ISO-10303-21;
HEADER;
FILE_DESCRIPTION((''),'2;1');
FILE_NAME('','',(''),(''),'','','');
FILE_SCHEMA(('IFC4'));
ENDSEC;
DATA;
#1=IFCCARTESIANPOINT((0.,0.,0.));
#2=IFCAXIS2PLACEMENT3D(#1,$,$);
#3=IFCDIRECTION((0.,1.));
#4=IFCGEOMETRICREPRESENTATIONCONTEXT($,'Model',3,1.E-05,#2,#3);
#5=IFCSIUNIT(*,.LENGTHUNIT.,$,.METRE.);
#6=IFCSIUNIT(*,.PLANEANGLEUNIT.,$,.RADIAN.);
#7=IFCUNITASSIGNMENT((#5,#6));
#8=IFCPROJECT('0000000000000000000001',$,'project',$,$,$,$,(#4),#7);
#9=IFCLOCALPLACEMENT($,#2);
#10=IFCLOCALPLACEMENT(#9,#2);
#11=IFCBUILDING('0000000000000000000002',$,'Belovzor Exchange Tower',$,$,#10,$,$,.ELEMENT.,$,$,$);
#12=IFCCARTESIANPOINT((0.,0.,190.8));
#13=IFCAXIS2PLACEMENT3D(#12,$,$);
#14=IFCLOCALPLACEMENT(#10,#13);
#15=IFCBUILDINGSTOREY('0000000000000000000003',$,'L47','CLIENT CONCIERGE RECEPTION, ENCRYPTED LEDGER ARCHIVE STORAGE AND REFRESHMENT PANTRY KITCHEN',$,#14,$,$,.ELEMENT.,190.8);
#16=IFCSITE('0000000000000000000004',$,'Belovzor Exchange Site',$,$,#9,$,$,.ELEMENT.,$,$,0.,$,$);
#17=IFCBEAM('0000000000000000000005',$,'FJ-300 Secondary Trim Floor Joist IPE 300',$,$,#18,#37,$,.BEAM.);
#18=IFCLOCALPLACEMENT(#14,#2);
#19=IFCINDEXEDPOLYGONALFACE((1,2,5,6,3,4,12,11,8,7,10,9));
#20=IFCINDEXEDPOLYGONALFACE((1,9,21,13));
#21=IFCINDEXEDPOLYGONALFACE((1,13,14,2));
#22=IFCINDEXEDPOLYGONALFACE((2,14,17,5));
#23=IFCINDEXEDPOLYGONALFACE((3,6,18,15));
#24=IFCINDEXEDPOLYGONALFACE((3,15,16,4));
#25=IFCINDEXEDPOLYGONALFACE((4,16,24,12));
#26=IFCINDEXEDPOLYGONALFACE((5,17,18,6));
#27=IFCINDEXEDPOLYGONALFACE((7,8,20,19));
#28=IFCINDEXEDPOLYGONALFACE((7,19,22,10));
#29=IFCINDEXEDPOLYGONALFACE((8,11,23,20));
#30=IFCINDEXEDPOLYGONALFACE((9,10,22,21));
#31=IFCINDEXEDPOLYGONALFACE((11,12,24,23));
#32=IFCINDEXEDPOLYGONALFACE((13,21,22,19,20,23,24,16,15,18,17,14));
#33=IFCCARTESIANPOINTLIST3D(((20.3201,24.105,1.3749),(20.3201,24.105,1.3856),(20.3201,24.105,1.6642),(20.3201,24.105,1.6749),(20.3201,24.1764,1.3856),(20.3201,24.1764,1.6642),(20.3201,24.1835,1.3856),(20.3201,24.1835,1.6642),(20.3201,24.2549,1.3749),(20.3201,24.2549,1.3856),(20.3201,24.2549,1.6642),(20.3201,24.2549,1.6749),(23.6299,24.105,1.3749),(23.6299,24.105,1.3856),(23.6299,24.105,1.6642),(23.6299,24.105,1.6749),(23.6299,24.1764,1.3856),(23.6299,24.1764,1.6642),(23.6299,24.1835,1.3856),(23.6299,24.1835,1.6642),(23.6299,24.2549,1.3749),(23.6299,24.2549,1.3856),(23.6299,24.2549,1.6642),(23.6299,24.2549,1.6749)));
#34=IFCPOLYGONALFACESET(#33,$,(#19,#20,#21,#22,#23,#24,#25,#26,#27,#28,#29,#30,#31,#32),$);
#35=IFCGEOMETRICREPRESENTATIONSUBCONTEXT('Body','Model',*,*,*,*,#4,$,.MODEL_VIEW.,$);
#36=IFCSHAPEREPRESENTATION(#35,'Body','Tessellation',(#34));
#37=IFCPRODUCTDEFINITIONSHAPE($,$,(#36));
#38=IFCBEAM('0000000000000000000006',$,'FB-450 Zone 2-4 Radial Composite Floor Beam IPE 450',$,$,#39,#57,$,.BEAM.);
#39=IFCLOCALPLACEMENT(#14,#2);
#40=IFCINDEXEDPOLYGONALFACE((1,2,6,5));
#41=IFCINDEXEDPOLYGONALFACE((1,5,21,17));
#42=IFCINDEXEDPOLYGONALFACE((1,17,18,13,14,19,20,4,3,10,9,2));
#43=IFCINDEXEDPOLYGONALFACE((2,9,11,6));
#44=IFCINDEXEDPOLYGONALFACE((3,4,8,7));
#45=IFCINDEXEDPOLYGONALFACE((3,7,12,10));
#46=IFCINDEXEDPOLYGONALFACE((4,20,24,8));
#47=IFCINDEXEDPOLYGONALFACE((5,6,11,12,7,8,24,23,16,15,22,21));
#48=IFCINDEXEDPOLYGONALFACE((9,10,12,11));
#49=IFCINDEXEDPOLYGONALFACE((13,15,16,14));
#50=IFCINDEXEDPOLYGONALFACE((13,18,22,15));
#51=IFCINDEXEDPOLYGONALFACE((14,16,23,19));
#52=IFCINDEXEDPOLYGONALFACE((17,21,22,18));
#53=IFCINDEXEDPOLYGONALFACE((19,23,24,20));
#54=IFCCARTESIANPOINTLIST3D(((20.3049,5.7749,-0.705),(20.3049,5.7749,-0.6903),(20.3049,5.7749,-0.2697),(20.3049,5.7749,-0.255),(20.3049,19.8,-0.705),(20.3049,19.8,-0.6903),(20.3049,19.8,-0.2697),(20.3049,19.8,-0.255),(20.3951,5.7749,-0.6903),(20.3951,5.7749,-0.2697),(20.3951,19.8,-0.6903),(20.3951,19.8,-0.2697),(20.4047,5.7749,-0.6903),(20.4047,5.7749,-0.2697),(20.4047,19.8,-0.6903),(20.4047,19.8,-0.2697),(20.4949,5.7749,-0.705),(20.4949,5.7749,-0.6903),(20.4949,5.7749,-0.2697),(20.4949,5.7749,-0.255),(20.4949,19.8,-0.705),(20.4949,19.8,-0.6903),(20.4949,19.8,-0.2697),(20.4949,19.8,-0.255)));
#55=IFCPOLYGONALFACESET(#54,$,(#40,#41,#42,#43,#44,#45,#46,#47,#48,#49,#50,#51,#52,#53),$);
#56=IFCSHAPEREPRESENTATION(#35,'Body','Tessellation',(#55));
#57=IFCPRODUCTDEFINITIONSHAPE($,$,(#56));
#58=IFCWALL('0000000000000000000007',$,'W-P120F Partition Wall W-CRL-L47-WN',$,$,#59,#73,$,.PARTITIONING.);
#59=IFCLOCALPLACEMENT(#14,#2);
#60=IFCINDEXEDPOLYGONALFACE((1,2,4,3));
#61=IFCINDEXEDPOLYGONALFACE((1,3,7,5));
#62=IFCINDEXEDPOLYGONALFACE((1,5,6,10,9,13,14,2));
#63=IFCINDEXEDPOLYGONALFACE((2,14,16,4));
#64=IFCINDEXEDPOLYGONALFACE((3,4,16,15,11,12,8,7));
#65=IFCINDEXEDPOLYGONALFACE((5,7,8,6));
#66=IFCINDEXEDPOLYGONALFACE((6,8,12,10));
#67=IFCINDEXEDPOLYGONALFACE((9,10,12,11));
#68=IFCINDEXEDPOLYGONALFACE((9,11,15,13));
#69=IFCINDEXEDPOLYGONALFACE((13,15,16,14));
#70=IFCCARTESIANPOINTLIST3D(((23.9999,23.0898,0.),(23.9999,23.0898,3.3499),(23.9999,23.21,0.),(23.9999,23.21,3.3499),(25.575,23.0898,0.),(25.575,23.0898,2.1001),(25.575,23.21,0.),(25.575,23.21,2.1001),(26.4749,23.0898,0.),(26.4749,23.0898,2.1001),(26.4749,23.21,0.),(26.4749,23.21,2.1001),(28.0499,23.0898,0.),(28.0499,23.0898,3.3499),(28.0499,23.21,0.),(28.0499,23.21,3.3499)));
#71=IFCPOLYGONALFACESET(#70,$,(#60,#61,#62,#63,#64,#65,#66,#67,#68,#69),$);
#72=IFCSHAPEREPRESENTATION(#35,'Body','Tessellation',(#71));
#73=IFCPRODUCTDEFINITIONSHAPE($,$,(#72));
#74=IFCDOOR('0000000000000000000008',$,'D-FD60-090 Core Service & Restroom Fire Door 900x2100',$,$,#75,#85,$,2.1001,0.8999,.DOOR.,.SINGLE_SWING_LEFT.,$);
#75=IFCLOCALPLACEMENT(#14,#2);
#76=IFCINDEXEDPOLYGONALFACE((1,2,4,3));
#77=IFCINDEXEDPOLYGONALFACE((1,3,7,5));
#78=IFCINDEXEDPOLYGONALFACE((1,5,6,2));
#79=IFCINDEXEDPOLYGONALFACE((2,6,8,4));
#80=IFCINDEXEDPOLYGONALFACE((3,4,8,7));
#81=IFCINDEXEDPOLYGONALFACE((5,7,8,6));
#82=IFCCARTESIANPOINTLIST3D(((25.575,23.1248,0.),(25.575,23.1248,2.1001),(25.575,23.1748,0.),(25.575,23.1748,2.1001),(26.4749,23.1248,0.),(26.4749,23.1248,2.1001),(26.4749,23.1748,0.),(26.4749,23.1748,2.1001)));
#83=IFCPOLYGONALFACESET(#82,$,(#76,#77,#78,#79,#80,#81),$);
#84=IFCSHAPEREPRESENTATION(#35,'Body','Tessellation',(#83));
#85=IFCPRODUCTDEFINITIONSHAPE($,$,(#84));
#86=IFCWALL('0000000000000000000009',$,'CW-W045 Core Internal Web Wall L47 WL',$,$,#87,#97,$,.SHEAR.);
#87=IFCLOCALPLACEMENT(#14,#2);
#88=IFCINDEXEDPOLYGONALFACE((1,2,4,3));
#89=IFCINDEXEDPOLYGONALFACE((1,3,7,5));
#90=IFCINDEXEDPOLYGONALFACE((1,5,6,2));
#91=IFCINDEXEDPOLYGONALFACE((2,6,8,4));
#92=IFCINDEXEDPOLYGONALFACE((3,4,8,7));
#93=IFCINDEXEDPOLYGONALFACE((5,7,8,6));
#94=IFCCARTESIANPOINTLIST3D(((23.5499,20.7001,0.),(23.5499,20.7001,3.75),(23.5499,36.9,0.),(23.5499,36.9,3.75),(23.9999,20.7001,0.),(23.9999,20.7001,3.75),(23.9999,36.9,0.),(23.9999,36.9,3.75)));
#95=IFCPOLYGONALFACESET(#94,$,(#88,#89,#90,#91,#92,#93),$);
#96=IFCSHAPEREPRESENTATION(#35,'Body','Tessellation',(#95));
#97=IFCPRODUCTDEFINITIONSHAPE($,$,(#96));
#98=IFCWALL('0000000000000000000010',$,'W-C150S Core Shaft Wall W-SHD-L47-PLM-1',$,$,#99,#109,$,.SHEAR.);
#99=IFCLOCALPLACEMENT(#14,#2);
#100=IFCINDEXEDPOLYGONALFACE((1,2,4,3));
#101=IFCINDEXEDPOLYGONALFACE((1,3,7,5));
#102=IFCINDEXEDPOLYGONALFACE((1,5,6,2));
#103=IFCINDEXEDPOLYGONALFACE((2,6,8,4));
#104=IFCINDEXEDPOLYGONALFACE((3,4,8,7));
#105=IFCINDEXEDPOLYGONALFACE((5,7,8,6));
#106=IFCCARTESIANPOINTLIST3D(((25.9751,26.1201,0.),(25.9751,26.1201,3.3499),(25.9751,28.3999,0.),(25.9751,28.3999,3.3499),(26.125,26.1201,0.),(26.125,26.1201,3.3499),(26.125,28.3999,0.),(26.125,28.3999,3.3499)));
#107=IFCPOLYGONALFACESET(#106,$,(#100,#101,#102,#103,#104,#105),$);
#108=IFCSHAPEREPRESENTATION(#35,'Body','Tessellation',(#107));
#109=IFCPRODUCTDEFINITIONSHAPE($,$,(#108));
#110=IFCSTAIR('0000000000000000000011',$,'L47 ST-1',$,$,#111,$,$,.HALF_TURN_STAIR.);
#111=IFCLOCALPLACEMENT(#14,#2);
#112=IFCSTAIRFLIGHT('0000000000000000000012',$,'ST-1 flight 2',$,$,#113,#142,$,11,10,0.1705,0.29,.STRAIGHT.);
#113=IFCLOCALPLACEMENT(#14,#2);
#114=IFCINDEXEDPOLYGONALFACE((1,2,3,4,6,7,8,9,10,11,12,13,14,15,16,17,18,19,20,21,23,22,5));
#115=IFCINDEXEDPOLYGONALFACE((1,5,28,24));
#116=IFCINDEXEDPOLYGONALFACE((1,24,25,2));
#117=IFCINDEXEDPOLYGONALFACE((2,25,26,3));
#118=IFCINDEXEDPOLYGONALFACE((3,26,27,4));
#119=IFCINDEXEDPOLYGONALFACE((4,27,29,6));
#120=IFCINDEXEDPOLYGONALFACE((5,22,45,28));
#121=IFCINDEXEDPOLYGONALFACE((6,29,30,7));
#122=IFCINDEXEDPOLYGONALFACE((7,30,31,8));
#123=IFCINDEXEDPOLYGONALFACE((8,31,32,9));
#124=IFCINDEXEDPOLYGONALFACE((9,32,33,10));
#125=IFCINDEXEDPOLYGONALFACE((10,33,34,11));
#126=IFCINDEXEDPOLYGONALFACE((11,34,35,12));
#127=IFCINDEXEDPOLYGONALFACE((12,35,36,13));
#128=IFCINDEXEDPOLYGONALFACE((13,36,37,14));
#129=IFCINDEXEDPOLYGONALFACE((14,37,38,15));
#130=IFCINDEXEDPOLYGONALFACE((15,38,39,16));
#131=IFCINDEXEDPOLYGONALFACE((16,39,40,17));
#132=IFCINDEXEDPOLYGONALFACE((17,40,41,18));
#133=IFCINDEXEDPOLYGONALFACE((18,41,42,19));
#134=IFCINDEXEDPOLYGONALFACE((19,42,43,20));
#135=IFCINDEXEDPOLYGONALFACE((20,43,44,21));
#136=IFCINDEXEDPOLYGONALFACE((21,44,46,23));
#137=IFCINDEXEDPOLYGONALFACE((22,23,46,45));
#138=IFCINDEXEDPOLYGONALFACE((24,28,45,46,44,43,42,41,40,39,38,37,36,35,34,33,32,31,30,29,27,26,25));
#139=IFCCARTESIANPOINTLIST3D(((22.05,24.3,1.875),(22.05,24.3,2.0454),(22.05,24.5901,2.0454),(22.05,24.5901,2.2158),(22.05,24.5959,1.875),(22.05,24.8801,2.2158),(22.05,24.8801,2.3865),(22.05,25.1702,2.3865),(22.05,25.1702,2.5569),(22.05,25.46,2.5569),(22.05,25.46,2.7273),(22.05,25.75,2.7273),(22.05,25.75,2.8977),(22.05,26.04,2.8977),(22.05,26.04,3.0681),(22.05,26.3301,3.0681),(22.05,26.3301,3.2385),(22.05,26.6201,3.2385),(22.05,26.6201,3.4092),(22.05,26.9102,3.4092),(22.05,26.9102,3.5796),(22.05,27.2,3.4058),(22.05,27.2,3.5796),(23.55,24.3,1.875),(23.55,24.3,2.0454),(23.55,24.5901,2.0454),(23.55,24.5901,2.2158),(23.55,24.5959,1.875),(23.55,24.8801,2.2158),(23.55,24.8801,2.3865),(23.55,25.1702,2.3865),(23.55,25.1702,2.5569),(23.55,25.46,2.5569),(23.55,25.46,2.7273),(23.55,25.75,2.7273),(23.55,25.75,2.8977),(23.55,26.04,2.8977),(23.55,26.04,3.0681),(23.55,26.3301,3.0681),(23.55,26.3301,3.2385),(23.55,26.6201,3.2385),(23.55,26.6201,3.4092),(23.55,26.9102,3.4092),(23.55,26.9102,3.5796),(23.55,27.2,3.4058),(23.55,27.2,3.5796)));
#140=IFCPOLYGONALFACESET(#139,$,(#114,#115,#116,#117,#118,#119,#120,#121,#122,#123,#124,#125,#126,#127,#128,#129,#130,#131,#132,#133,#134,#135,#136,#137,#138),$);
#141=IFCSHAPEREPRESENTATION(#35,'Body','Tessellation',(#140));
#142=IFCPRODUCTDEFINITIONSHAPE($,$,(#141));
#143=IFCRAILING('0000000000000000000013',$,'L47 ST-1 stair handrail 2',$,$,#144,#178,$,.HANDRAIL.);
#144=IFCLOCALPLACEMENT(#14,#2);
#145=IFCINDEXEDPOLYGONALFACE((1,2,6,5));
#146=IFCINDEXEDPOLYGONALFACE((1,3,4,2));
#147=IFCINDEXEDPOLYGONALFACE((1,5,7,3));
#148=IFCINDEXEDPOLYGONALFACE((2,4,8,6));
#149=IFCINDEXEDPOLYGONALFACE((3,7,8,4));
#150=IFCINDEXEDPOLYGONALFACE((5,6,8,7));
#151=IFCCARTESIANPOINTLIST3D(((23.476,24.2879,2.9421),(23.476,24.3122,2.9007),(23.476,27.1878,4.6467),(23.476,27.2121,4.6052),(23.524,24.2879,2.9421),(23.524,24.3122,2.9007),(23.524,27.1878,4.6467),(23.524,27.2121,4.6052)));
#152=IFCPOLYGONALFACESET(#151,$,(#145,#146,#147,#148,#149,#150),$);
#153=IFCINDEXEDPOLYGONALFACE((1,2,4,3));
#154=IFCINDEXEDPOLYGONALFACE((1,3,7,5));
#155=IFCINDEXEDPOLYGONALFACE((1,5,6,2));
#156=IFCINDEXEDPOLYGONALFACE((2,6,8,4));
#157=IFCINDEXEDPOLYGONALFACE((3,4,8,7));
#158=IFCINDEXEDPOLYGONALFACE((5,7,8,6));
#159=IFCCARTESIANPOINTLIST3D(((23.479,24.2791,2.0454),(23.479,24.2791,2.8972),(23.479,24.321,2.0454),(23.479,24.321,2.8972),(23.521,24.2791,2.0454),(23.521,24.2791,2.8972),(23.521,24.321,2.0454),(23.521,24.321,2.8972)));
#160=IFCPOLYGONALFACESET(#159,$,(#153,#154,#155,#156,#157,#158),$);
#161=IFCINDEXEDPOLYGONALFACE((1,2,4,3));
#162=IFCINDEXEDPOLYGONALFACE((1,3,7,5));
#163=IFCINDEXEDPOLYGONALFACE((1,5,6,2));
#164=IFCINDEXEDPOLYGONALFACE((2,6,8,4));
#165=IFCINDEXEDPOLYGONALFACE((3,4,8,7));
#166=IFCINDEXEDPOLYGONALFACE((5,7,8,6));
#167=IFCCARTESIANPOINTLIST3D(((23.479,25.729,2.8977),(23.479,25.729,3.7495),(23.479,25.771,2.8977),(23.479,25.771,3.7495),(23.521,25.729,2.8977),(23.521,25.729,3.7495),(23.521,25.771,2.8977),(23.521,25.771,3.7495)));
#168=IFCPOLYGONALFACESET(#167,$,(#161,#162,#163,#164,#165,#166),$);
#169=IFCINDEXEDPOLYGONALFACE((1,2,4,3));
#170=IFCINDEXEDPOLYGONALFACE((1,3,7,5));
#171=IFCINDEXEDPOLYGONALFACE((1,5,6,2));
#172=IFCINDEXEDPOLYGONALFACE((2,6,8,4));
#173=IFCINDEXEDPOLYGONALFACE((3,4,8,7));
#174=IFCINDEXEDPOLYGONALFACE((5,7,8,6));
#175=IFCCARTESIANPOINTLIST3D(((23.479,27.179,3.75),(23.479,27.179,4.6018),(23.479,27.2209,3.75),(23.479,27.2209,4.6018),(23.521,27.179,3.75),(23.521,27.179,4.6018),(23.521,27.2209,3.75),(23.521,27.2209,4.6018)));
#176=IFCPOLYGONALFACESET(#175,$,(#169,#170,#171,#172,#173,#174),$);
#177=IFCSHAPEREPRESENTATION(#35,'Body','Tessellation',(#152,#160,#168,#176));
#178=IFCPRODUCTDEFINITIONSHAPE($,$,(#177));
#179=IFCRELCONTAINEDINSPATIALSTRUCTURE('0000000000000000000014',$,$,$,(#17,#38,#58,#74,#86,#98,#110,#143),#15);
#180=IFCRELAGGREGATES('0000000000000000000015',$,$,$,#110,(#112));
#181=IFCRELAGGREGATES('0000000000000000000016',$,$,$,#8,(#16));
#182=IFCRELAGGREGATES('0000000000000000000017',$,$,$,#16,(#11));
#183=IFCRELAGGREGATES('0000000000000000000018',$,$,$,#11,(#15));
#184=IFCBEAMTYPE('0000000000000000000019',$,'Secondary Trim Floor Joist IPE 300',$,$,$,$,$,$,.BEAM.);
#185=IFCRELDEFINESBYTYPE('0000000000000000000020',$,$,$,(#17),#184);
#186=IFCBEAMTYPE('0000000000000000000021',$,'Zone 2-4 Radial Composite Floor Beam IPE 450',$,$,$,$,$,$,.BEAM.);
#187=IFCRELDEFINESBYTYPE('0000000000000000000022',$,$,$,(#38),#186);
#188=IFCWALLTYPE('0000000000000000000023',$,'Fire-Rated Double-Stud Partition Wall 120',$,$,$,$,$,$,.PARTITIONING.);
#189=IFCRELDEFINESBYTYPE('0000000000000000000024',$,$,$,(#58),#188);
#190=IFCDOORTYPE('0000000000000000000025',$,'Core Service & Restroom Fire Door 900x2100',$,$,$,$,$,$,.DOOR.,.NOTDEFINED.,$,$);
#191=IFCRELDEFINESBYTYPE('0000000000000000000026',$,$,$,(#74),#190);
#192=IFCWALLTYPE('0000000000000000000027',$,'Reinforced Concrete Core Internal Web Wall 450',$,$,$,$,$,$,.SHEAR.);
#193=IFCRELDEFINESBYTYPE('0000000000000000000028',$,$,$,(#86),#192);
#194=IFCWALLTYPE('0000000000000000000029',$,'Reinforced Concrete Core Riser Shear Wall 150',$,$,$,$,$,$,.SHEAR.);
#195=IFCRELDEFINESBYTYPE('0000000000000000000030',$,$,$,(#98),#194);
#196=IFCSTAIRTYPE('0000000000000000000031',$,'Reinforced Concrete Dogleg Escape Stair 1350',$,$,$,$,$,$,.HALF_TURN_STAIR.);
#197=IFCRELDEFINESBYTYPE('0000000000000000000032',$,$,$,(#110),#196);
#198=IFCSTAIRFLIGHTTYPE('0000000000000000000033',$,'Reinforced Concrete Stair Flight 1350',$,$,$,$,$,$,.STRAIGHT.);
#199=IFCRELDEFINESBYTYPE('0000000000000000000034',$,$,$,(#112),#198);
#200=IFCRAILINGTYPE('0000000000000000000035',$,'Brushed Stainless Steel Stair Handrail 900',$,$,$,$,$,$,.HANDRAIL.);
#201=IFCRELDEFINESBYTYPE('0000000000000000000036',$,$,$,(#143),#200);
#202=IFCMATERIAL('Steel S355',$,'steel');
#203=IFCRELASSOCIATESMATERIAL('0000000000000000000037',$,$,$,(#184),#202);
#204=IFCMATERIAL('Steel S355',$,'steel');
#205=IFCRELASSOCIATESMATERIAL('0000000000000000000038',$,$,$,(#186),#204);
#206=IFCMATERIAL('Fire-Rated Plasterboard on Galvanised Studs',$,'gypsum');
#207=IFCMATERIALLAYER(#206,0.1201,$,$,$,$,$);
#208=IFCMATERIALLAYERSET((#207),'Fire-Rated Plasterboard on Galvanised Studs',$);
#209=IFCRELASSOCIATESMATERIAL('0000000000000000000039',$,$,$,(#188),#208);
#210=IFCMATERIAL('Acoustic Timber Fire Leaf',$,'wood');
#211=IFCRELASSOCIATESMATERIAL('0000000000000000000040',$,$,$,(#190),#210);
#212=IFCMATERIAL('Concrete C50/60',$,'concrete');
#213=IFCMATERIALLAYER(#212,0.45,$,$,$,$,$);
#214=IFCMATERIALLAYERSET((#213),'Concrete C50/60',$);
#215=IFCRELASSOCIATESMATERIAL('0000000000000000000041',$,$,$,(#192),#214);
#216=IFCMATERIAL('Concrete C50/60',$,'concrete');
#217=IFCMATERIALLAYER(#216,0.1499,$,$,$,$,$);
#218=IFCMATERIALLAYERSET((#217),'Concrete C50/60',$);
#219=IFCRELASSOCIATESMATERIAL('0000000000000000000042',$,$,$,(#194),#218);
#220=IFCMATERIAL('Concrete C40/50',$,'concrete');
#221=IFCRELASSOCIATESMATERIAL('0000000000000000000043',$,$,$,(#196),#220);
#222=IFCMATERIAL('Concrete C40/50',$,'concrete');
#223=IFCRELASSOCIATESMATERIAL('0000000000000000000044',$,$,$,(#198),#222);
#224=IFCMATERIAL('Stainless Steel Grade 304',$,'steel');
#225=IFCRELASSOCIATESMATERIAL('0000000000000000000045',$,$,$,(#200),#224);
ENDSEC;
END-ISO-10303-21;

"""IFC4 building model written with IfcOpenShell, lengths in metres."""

from ifc_helpers import new_model, si_unit, direction, frame, frame_2d, origin, origin_2d, place, context, subcontext, project, spatial, polyline, rectangle, i_section, outline, extrude, material, layer, layer_set, material_profile, profile_set, type_object, element, fill, aggregate, save


model = new_model("IFC4")

# Units and contexts
model_context = context("Model", 3, precision=1e-05, world=origin(), true_north=direction((0.0, 1.0)))
body_context = subcontext(model_context, "Body", "Model", "MODEL_VIEW")
ifc_project = project(units=[si_unit("LENGTHUNIT", "METRE"), si_unit("PLANEANGLEUNIT", "RADIAN")], contexts=[model_context])

# Site, building, storey
site_placement = place(None, origin())
site = spatial("IfcSite", under=ifc_project, at=site_placement, Name="Belovzor Exchange Site", CompositionType="ELEMENT", RefElevation=0.0)
building_placement = place(site_placement, origin())
building = spatial("IfcBuilding", under=site, at=building_placement, Name="Belovzor Exchange Tower", CompositionType="ELEMENT")
storey_placement = place(building_placement, frame((0.0, 0.0, 190.8)))
storey = spatial("IfcBuildingStorey", under=building, at=storey_placement, Name="L47", Description="CLIENT CONCIERGE RECEPTION, ENCRYPTED LEDGER ARCHIVE STORAGE AND REFRESHMENT PANTRY KITCHEN", CompositionType="ELEMENT", Elevation=190.8)

# Beams
ifc_material_1 = material(Name="Steel S355", Category="steel")
ifc_material_profile_1 = material_profile(ifc_material_1, i_section(OverallWidth=0.1499, OverallDepth=0.3, WebThickness=0.0071, FlangeThickness=0.0107, at=origin_2d()))
ifc_profile_set_1 = profile_set([ifc_material_profile_1], Name="Steel S355")
beam_type_1 = type_object("IfcBeamType", Name="Secondary Trim Floor Joist IPE 300", PredefinedType="BEAM", material=ifc_profile_set_1)
beam_1_placement = place(storey_placement, frame((20.3201, 24.1799, 1.5249), z_axis=(1.0, 0.0, 0.0), x_axis=(0.0, 1.0, 0.0)))
element("IfcBeam", 1, at=beam_1_placement, inside=storey, type_object=beam_type_1, Name="FJ-300 Secondary Trim Floor Joist IPE 300", PredefinedType="BEAM", context=body_context, shape_type="SweptSolid", body=[
    extrude(i_section(OverallWidth=0.1499, OverallDepth=0.3, WebThickness=0.0071, FlangeThickness=0.0107, at=origin_2d()), origin(), (0.0, 0.0, 1.0), 3.3098),
])
ifc_material_2 = material(Name="Steel S355", Category="steel")
ifc_material_profile_2 = material_profile(ifc_material_2, i_section(OverallWidth=0.1899, OverallDepth=0.45, WebThickness=0.0095, FlangeThickness=0.0146, at=origin_2d()))
ifc_profile_set_2 = profile_set([ifc_material_profile_2], Name="Steel S355")
beam_type_2 = type_object("IfcBeamType", Name="Zone 2-4 Radial Composite Floor Beam IPE 450", PredefinedType="BEAM", material=ifc_profile_set_2)
beam_2_placement = place(storey_placement, frame((20.3999, 19.8, -0.48), z_axis=(0.0, -1.0, 0.0), x_axis=(1.0, 0.0, 0.0)))
element("IfcBeam", 2, at=beam_2_placement, inside=storey, type_object=beam_type_2, Name="FB-450 Zone 2-4 Radial Composite Floor Beam IPE 450", PredefinedType="BEAM", context=body_context, shape_type="SweptSolid", body=[
    extrude(i_section(OverallWidth=0.1899, OverallDepth=0.45, WebThickness=0.0095, FlangeThickness=0.0146, at=origin_2d()), origin(), (0.0, 0.0, 1.0), 14.0251),
])

# Wall, opening, door
ifc_material_3 = material(Name="Fire-Rated Plasterboard on Galvanised Studs", Category="gypsum")
ifc_layer_1 = layer(ifc_material_3, 0.1201)
ifc_layer_set_1 = layer_set([ifc_layer_1], Name="Fire-Rated Plasterboard on Galvanised Studs")
wall_type_1 = type_object("IfcWallType", Name="Fire-Rated Double-Stud Partition Wall 120", PredefinedType="PARTITIONING", material=ifc_layer_set_1)
wall_1_placement = place(storey_placement, frame((24.0, 23.1499, 0.0), z_axis=(0.0, 0.0, 1.0), x_axis=(1.0, 0.0, 0.0)))
wall_1 = element("IfcWall", 3, at=wall_1_placement, inside=storey, type_object=wall_type_1, Name="W-P120F Partition Wall W-CRL-L47-WN", PredefinedType="PARTITIONING", context=body_context, shape_type="SweptSolid", body=[
    extrude(rectangle(XDim=4.05, YDim=0.1201, at=frame_2d((2.0249, 0.0))), origin(), (0.0, 0.0, 1.0), 3.3499),
])
opening_1_placement = place(wall_1_placement, frame((1.575, 0.0, 0.0)))
opening_1 = element("IfcOpeningElement", 4, at=opening_1_placement, cuts=wall_1, PredefinedType="OPENING", context=body_context, shape_type="SweptSolid", body=[
    extrude(rectangle(XDim=0.8999, YDim=2.1001, at=frame_2d((0.45, 1.05))), frame((0.0, 0.0701, 0.0), z_axis=(0.0, -1.0, 0.0), x_axis=(1.0, 0.0, 0.0)), (0.0, 0.0, 1.0), 0.1401),
])
ifc_material_4 = material(Name="Acoustic Timber Fire Leaf", Category="wood")
door_type_1 = type_object("IfcDoorType", Name="Core Service & Restroom Fire Door 900x2100", OperationType="NOTDEFINED", PredefinedType="DOOR", material=ifc_material_4)
door_1_placement = place(opening_1_placement, origin())
door_1 = element("IfcDoor", 5, at=door_1_placement, inside=storey, type_object=door_type_1, Name="D-FD60-090 Core Service & Restroom Fire Door 900x2100", OperationType="SINGLE_SWING_LEFT", OverallHeight=2.1001, OverallWidth=0.8999, PredefinedType="DOOR", context=body_context, shape_type="SweptSolid", body=[
    extrude(rectangle(XDim=0.8999, YDim=2.1001, at=frame_2d((0.45, 1.05))), frame((0.0, 0.0249, 0.0), z_axis=(0.0, -1.0, 0.0), x_axis=(1.0, 0.0, 0.0)), (0.0, 0.0, 1.0), 0.05),
])
fill(opening_1, door_1)

# Walls
ifc_material_5 = material(Name="Concrete C50/60", Category="concrete")
ifc_layer_2 = layer(ifc_material_5, 0.45)
ifc_layer_set_2 = layer_set([ifc_layer_2], Name="Concrete C50/60")
wall_type_2 = type_object("IfcWallType", Name="Reinforced Concrete Core Internal Web Wall 450", PredefinedType="SHEAR", material=ifc_layer_set_2)
wall_2_placement = place(storey_placement, frame((23.7749, 20.7, 0.0), z_axis=(0.0, 0.0, 1.0), x_axis=(0.0, 1.0, 0.0)))
element("IfcWall", 6, at=wall_2_placement, inside=storey, type_object=wall_type_2, Name="CW-W045 Core Internal Web Wall L47 WL", PredefinedType="SHEAR", context=body_context, shape_type="SweptSolid", body=[
    extrude(rectangle(XDim=16.2, YDim=0.45, at=frame_2d((8.1001, 0.0))), origin(), (0.0, 0.0, 1.0), 3.75),
])
ifc_material_6 = material(Name="Concrete C50/60", Category="concrete")
ifc_layer_3 = layer(ifc_material_6, 0.1499)
ifc_layer_set_3 = layer_set([ifc_layer_3], Name="Concrete C50/60")
wall_type_3 = type_object("IfcWallType", Name="Reinforced Concrete Core Riser Shear Wall 150", PredefinedType="SHEAR", material=ifc_layer_set_3)
wall_3_placement = place(storey_placement, frame((26.05, 26.1201, 0.0), z_axis=(0.0, 0.0, 1.0), x_axis=(0.0, 1.0, 0.0)))
element("IfcWall", 7, at=wall_3_placement, inside=storey, type_object=wall_type_3, Name="W-C150S Core Shaft Wall W-SHD-L47-PLM-1", PredefinedType="SHEAR", context=body_context, shape_type="SweptSolid", body=[
    extrude(rectangle(XDim=2.2798, YDim=0.1499, at=frame_2d((1.1399, 0.0))), origin(), (0.0, 0.0, 1.0), 3.3499),
])

# Stair, stair flight
ifc_material_7 = material(Name="Concrete C40/50", Category="concrete")
stair_type = type_object("IfcStairType", Name="Reinforced Concrete Dogleg Escape Stair 1350", PredefinedType="HALF_TURN_STAIR", material=ifc_material_7)
stair_placement = place(storey_placement, origin())
stair = element("IfcStair", 8, at=stair_placement, inside=storey, type_object=stair_type, Name="L47 ST-1", PredefinedType="HALF_TURN_STAIR")
ifc_material_8 = material(Name="Concrete C40/50", Category="concrete")
stair_flight_type = type_object("IfcStairFlightType", Name="Reinforced Concrete Stair Flight 1350", PredefinedType="STRAIGHT", material=ifc_material_8)
stair_flight_placement = place(storey_placement, frame((22.8, 24.3, 1.875), z_axis=(0.0, 0.0, 1.0), x_axis=(0.0, 1.0, 0.0)))
stair_flight = element("IfcStairFlight", 9, at=stair_flight_placement, type_object=stair_flight_type, Name="ST-1 flight 2", NumberOfRisers=11, NumberOfTreads=10, PredefinedType="STRAIGHT", RiserHeight=0.1705, TreadLength=0.29, context=body_context, shape_type="SweptSolid", body=[
    extrude(outline(polyline([(0.0, 0.0), (0.0, 0.1704), (0.29, 0.1704), (0.29, 0.3408), (0.5801, 0.3408), (0.5801, 0.5115), (0.8701, 0.5115), (0.8701, 0.6819), (1.1599, 0.6819), (1.1599, 0.8523), (1.45, 0.8523), (1.45, 1.0227), (1.74, 1.0227), (1.74, 1.1931), (2.03, 1.1931), (2.03, 1.3635), (2.3201, 1.3635), (2.3201, 1.5342), (2.6101, 1.5342), (2.6101, 1.7046), (2.8999, 1.7046), (2.8999, 1.875), (2.8999, 1.5308), (0.2959, 0.0), (0.0, 0.0)])), frame((0.0, 0.75, 0.0), z_axis=(0.0, -1.0, 0.0), x_axis=(1.0, 0.0, 0.0)), (0.0, 0.0, 1.0), 1.5),
])
aggregate(stair, [stair_flight])

# Railing
ifc_material_9 = material(Name="Stainless Steel Grade 304", Category="steel")
railing_type_1 = type_object("IfcRailingType", Name="Brushed Stainless Steel Stair Handrail 900", PredefinedType="HANDRAIL", material=ifc_material_9)
railing_1_placement = place(storey_placement, frame((23.5, 24.3, 2.0454)))
element("IfcRailing", 10, at=railing_1_placement, inside=storey, type_object=railing_type_1, Name="L47 ST-1 stair handrail 2", PredefinedType="HANDRAIL", context=body_context, shape_type="SweptSolid", body=[
    extrude(rectangle(XDim=0.0481, YDim=0.0481, at=origin_2d()), frame((0.0, 0.0, 0.876), z_axis=(0.0, 0.862095, 0.506747), x_axis=(-1.0, 0.0, 0.0)), (0.0, 0.0, 1.0), 3.3638),
    extrude(rectangle(XDim=0.042, YDim=0.042, at=origin_2d()), origin(), (0.0, 0.0, 1.0), 0.8518),
    extrude(rectangle(XDim=0.042, YDim=0.042, at=origin_2d()), frame((0.0, 1.45, 0.8523)), (0.0, 0.0, 1.0), 0.8518),
    extrude(rectangle(XDim=0.042, YDim=0.042, at=origin_2d()), frame((0.0, 2.8999, 1.7046)), (0.0, 0.0, 1.0), 0.8518),
])

save(model, "model.ifc")
